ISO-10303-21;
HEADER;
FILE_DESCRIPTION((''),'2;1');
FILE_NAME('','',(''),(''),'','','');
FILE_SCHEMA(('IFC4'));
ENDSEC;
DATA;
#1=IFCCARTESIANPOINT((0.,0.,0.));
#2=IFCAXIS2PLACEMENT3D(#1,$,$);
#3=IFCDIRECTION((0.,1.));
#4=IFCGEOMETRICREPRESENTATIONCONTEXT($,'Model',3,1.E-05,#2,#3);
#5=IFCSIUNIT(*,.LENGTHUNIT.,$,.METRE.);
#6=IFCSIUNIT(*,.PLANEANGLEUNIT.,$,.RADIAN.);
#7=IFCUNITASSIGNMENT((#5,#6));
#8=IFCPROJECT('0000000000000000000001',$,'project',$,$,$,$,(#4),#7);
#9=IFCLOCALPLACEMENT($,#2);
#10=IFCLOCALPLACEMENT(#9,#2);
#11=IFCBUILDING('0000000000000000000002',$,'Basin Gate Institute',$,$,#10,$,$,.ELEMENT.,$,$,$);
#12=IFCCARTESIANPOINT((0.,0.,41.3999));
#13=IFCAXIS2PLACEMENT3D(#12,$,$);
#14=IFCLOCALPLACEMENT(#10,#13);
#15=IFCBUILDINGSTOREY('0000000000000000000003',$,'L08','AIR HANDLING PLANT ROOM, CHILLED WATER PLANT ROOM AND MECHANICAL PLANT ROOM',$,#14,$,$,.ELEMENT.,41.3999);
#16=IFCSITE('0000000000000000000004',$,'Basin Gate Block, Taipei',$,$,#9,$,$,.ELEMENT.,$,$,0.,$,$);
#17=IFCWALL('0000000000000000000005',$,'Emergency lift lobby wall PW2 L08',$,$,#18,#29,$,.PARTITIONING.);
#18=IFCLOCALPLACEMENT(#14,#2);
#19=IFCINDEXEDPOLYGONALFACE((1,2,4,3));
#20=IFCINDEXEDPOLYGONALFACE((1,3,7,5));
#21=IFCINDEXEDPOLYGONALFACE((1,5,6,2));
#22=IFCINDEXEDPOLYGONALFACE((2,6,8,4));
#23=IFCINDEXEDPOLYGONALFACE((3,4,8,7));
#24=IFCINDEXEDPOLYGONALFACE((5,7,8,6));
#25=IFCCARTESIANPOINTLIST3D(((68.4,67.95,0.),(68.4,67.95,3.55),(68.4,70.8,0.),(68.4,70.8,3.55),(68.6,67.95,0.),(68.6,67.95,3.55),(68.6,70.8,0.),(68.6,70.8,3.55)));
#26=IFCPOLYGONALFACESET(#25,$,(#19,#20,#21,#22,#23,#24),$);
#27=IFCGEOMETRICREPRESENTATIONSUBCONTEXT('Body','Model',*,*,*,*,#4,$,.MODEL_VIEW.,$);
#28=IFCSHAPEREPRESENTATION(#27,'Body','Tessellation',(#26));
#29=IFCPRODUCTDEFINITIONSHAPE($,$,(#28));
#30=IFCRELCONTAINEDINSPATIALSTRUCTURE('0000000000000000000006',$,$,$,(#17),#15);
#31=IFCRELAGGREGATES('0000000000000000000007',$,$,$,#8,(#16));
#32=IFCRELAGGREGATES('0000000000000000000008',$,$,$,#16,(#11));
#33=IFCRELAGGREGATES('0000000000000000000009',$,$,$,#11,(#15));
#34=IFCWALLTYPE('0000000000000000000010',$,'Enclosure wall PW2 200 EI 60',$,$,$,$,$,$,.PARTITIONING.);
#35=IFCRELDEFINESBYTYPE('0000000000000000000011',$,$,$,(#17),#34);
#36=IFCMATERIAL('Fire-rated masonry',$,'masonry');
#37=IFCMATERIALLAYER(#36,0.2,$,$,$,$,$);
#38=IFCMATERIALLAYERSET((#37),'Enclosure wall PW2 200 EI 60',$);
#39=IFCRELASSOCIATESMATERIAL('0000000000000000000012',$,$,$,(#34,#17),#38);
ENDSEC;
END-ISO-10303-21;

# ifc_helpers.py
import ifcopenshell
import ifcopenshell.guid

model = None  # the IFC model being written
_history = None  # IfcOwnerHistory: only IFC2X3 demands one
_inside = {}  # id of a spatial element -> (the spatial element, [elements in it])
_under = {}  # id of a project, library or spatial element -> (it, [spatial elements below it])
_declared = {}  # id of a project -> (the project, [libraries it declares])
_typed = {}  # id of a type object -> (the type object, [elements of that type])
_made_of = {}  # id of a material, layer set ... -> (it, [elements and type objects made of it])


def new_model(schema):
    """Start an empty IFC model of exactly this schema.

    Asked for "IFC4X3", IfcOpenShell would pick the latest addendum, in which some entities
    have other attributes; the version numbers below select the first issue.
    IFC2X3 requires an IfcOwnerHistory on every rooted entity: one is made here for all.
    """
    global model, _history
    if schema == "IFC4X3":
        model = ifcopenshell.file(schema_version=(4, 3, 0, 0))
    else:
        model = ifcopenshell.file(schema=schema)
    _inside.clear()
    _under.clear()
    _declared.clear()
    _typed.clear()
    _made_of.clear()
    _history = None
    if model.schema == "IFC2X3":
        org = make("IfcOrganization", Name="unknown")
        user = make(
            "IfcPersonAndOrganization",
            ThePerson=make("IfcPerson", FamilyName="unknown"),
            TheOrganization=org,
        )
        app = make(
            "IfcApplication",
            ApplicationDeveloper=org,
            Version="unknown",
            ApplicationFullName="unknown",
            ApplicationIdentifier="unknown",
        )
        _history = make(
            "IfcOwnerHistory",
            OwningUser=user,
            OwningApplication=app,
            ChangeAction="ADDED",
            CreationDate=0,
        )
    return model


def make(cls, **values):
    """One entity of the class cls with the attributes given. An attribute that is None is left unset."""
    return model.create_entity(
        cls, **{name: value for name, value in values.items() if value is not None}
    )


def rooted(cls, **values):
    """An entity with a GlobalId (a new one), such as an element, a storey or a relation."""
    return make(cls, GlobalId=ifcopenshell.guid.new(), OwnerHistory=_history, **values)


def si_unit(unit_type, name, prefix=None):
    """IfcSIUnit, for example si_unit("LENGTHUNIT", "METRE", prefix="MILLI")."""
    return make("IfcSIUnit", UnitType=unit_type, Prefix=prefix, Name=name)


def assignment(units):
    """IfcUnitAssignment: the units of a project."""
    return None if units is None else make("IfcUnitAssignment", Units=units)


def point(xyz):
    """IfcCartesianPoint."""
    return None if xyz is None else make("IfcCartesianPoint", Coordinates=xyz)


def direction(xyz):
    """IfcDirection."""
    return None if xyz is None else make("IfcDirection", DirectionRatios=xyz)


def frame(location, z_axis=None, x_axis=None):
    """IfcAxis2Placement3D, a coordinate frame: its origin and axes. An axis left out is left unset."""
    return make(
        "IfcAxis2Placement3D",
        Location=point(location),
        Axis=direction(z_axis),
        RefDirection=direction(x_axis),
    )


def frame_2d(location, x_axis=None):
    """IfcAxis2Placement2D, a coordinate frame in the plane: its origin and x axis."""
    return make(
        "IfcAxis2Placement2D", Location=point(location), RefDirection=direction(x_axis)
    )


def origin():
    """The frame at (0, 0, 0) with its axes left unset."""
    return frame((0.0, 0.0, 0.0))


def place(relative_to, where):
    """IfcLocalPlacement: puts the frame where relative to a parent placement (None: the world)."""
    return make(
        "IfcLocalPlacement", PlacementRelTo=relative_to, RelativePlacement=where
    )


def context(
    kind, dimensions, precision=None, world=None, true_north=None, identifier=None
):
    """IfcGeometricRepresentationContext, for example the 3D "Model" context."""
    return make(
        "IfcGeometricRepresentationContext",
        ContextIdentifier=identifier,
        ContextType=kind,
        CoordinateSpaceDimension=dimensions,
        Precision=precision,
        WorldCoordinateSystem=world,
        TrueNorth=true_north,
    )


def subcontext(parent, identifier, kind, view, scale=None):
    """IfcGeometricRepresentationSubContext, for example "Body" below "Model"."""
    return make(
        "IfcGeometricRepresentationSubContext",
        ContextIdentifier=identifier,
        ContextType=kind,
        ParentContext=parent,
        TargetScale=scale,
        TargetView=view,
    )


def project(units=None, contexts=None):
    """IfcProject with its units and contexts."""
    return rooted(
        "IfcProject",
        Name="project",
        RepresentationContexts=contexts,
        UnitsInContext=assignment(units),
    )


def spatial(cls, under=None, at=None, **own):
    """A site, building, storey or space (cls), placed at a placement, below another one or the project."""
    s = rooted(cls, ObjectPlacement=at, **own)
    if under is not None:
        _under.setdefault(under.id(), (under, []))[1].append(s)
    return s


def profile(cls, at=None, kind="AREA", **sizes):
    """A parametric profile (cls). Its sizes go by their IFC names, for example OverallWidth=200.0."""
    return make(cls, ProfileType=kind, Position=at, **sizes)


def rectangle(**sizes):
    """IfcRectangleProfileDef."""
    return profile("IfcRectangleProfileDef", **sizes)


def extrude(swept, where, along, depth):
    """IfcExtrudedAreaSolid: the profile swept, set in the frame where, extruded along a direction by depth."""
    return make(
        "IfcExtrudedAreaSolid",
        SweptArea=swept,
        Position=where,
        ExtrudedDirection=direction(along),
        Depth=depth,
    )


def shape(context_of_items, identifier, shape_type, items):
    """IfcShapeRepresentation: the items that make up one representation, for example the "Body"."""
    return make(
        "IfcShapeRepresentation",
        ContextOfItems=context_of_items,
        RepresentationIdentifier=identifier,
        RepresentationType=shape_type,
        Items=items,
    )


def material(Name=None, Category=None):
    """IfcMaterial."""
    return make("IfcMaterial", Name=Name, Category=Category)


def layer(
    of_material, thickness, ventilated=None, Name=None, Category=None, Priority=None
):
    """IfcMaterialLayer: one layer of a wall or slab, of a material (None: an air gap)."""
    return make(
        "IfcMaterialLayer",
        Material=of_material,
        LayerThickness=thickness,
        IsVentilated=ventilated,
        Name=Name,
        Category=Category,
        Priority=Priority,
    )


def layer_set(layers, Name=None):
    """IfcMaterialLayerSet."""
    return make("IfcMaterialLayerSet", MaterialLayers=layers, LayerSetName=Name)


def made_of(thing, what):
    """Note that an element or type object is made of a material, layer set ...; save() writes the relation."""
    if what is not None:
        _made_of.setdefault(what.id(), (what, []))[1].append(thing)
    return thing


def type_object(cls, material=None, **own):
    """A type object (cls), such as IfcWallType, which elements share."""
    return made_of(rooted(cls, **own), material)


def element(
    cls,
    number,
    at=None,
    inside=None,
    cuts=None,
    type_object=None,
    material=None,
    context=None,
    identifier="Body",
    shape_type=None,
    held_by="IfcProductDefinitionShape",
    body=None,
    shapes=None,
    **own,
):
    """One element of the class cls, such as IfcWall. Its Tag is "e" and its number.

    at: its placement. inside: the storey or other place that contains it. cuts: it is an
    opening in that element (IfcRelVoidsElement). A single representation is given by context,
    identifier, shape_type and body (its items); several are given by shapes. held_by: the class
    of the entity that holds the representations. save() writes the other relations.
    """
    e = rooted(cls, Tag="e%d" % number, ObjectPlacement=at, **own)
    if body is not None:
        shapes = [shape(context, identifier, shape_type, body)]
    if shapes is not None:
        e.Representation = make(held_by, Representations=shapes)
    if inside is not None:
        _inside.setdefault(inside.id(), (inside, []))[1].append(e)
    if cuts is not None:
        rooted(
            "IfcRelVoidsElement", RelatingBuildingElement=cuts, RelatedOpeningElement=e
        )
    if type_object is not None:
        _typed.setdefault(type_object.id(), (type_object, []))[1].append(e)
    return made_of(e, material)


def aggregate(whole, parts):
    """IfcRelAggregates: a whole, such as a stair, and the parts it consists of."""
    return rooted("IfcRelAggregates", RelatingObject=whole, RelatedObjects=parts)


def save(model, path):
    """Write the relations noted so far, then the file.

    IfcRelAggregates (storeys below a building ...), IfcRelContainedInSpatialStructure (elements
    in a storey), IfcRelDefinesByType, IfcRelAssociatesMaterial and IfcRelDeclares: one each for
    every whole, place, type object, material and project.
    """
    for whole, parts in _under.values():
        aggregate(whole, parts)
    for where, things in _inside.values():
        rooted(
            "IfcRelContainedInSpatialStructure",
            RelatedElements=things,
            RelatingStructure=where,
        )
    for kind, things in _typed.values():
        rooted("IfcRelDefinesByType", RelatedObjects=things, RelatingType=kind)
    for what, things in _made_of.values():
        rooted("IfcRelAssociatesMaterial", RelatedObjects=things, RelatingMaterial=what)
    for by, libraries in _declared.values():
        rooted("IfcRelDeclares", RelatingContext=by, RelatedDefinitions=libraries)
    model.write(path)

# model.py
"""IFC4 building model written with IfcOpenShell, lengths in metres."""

from ifc_helpers import new_model, si_unit, direction, frame, frame_2d, origin, place, context, subcontext, project, spatial, rectangle, extrude, material, layer, layer_set, type_object, element, save


model = new_model("IFC4")

# Units and contexts
model_context = context("Model", 3, precision=1e-05, world=origin(), true_north=direction((0.0, 1.0)))
body_context = subcontext(model_context, "Body", "Model", "MODEL_VIEW")
ifc_project = project(units=[si_unit("LENGTHUNIT", "METRE"), si_unit("PLANEANGLEUNIT", "RADIAN")], contexts=[model_context])

# Site, building, storey
site_placement = place(None, origin())
site = spatial("IfcSite", under=ifc_project, at=site_placement, Name="Basin Gate Block, Taipei", CompositionType="ELEMENT", RefElevation=0.0)
building_placement = place(site_placement, origin())
building = spatial("IfcBuilding", under=site, at=building_placement, Name="Basin Gate Institute", CompositionType="ELEMENT")
storey_placement = place(building_placement, frame((0.0, 0.0, 41.3999)))
storey = spatial("IfcBuildingStorey", under=building, at=storey_placement, Name="L08", Description="AIR HANDLING PLANT ROOM, CHILLED WATER PLANT ROOM AND MECHANICAL PLANT ROOM", CompositionType="ELEMENT", Elevation=41.3999)

# Wall
ifc_material_1 = material(Name="Fire-rated masonry", Category="masonry")
ifc_layer = layer(ifc_material_1, 0.2)
ifc_layer_set = layer_set([ifc_layer], Name="Enclosure wall PW2 200 EI 60")
wall_type = type_object("IfcWallType", Name="Enclosure wall PW2 200 EI 60", PredefinedType="PARTITIONING", material=ifc_layer_set)
wall_1_placement = place(storey_placement, frame((68.5, 67.95, 0.0), z_axis=(0.0, 0.0, 1.0), x_axis=(0.0, 1.0, 0.0)))
element("IfcWall", 1, at=wall_1_placement, inside=storey, type_object=wall_type, material=ifc_layer_set, Name="Emergency lift lobby wall PW2 L08", PredefinedType="PARTITIONING", context=body_context, shape_type="SweptSolid", body=[
    extrude(rectangle(XDim=2.8501, YDim=0.2, at=frame_2d((1.425, 0.0))), origin(), (0.0, 0.0, 1.0), 3.55),
])

save(model, "model.ifc")
